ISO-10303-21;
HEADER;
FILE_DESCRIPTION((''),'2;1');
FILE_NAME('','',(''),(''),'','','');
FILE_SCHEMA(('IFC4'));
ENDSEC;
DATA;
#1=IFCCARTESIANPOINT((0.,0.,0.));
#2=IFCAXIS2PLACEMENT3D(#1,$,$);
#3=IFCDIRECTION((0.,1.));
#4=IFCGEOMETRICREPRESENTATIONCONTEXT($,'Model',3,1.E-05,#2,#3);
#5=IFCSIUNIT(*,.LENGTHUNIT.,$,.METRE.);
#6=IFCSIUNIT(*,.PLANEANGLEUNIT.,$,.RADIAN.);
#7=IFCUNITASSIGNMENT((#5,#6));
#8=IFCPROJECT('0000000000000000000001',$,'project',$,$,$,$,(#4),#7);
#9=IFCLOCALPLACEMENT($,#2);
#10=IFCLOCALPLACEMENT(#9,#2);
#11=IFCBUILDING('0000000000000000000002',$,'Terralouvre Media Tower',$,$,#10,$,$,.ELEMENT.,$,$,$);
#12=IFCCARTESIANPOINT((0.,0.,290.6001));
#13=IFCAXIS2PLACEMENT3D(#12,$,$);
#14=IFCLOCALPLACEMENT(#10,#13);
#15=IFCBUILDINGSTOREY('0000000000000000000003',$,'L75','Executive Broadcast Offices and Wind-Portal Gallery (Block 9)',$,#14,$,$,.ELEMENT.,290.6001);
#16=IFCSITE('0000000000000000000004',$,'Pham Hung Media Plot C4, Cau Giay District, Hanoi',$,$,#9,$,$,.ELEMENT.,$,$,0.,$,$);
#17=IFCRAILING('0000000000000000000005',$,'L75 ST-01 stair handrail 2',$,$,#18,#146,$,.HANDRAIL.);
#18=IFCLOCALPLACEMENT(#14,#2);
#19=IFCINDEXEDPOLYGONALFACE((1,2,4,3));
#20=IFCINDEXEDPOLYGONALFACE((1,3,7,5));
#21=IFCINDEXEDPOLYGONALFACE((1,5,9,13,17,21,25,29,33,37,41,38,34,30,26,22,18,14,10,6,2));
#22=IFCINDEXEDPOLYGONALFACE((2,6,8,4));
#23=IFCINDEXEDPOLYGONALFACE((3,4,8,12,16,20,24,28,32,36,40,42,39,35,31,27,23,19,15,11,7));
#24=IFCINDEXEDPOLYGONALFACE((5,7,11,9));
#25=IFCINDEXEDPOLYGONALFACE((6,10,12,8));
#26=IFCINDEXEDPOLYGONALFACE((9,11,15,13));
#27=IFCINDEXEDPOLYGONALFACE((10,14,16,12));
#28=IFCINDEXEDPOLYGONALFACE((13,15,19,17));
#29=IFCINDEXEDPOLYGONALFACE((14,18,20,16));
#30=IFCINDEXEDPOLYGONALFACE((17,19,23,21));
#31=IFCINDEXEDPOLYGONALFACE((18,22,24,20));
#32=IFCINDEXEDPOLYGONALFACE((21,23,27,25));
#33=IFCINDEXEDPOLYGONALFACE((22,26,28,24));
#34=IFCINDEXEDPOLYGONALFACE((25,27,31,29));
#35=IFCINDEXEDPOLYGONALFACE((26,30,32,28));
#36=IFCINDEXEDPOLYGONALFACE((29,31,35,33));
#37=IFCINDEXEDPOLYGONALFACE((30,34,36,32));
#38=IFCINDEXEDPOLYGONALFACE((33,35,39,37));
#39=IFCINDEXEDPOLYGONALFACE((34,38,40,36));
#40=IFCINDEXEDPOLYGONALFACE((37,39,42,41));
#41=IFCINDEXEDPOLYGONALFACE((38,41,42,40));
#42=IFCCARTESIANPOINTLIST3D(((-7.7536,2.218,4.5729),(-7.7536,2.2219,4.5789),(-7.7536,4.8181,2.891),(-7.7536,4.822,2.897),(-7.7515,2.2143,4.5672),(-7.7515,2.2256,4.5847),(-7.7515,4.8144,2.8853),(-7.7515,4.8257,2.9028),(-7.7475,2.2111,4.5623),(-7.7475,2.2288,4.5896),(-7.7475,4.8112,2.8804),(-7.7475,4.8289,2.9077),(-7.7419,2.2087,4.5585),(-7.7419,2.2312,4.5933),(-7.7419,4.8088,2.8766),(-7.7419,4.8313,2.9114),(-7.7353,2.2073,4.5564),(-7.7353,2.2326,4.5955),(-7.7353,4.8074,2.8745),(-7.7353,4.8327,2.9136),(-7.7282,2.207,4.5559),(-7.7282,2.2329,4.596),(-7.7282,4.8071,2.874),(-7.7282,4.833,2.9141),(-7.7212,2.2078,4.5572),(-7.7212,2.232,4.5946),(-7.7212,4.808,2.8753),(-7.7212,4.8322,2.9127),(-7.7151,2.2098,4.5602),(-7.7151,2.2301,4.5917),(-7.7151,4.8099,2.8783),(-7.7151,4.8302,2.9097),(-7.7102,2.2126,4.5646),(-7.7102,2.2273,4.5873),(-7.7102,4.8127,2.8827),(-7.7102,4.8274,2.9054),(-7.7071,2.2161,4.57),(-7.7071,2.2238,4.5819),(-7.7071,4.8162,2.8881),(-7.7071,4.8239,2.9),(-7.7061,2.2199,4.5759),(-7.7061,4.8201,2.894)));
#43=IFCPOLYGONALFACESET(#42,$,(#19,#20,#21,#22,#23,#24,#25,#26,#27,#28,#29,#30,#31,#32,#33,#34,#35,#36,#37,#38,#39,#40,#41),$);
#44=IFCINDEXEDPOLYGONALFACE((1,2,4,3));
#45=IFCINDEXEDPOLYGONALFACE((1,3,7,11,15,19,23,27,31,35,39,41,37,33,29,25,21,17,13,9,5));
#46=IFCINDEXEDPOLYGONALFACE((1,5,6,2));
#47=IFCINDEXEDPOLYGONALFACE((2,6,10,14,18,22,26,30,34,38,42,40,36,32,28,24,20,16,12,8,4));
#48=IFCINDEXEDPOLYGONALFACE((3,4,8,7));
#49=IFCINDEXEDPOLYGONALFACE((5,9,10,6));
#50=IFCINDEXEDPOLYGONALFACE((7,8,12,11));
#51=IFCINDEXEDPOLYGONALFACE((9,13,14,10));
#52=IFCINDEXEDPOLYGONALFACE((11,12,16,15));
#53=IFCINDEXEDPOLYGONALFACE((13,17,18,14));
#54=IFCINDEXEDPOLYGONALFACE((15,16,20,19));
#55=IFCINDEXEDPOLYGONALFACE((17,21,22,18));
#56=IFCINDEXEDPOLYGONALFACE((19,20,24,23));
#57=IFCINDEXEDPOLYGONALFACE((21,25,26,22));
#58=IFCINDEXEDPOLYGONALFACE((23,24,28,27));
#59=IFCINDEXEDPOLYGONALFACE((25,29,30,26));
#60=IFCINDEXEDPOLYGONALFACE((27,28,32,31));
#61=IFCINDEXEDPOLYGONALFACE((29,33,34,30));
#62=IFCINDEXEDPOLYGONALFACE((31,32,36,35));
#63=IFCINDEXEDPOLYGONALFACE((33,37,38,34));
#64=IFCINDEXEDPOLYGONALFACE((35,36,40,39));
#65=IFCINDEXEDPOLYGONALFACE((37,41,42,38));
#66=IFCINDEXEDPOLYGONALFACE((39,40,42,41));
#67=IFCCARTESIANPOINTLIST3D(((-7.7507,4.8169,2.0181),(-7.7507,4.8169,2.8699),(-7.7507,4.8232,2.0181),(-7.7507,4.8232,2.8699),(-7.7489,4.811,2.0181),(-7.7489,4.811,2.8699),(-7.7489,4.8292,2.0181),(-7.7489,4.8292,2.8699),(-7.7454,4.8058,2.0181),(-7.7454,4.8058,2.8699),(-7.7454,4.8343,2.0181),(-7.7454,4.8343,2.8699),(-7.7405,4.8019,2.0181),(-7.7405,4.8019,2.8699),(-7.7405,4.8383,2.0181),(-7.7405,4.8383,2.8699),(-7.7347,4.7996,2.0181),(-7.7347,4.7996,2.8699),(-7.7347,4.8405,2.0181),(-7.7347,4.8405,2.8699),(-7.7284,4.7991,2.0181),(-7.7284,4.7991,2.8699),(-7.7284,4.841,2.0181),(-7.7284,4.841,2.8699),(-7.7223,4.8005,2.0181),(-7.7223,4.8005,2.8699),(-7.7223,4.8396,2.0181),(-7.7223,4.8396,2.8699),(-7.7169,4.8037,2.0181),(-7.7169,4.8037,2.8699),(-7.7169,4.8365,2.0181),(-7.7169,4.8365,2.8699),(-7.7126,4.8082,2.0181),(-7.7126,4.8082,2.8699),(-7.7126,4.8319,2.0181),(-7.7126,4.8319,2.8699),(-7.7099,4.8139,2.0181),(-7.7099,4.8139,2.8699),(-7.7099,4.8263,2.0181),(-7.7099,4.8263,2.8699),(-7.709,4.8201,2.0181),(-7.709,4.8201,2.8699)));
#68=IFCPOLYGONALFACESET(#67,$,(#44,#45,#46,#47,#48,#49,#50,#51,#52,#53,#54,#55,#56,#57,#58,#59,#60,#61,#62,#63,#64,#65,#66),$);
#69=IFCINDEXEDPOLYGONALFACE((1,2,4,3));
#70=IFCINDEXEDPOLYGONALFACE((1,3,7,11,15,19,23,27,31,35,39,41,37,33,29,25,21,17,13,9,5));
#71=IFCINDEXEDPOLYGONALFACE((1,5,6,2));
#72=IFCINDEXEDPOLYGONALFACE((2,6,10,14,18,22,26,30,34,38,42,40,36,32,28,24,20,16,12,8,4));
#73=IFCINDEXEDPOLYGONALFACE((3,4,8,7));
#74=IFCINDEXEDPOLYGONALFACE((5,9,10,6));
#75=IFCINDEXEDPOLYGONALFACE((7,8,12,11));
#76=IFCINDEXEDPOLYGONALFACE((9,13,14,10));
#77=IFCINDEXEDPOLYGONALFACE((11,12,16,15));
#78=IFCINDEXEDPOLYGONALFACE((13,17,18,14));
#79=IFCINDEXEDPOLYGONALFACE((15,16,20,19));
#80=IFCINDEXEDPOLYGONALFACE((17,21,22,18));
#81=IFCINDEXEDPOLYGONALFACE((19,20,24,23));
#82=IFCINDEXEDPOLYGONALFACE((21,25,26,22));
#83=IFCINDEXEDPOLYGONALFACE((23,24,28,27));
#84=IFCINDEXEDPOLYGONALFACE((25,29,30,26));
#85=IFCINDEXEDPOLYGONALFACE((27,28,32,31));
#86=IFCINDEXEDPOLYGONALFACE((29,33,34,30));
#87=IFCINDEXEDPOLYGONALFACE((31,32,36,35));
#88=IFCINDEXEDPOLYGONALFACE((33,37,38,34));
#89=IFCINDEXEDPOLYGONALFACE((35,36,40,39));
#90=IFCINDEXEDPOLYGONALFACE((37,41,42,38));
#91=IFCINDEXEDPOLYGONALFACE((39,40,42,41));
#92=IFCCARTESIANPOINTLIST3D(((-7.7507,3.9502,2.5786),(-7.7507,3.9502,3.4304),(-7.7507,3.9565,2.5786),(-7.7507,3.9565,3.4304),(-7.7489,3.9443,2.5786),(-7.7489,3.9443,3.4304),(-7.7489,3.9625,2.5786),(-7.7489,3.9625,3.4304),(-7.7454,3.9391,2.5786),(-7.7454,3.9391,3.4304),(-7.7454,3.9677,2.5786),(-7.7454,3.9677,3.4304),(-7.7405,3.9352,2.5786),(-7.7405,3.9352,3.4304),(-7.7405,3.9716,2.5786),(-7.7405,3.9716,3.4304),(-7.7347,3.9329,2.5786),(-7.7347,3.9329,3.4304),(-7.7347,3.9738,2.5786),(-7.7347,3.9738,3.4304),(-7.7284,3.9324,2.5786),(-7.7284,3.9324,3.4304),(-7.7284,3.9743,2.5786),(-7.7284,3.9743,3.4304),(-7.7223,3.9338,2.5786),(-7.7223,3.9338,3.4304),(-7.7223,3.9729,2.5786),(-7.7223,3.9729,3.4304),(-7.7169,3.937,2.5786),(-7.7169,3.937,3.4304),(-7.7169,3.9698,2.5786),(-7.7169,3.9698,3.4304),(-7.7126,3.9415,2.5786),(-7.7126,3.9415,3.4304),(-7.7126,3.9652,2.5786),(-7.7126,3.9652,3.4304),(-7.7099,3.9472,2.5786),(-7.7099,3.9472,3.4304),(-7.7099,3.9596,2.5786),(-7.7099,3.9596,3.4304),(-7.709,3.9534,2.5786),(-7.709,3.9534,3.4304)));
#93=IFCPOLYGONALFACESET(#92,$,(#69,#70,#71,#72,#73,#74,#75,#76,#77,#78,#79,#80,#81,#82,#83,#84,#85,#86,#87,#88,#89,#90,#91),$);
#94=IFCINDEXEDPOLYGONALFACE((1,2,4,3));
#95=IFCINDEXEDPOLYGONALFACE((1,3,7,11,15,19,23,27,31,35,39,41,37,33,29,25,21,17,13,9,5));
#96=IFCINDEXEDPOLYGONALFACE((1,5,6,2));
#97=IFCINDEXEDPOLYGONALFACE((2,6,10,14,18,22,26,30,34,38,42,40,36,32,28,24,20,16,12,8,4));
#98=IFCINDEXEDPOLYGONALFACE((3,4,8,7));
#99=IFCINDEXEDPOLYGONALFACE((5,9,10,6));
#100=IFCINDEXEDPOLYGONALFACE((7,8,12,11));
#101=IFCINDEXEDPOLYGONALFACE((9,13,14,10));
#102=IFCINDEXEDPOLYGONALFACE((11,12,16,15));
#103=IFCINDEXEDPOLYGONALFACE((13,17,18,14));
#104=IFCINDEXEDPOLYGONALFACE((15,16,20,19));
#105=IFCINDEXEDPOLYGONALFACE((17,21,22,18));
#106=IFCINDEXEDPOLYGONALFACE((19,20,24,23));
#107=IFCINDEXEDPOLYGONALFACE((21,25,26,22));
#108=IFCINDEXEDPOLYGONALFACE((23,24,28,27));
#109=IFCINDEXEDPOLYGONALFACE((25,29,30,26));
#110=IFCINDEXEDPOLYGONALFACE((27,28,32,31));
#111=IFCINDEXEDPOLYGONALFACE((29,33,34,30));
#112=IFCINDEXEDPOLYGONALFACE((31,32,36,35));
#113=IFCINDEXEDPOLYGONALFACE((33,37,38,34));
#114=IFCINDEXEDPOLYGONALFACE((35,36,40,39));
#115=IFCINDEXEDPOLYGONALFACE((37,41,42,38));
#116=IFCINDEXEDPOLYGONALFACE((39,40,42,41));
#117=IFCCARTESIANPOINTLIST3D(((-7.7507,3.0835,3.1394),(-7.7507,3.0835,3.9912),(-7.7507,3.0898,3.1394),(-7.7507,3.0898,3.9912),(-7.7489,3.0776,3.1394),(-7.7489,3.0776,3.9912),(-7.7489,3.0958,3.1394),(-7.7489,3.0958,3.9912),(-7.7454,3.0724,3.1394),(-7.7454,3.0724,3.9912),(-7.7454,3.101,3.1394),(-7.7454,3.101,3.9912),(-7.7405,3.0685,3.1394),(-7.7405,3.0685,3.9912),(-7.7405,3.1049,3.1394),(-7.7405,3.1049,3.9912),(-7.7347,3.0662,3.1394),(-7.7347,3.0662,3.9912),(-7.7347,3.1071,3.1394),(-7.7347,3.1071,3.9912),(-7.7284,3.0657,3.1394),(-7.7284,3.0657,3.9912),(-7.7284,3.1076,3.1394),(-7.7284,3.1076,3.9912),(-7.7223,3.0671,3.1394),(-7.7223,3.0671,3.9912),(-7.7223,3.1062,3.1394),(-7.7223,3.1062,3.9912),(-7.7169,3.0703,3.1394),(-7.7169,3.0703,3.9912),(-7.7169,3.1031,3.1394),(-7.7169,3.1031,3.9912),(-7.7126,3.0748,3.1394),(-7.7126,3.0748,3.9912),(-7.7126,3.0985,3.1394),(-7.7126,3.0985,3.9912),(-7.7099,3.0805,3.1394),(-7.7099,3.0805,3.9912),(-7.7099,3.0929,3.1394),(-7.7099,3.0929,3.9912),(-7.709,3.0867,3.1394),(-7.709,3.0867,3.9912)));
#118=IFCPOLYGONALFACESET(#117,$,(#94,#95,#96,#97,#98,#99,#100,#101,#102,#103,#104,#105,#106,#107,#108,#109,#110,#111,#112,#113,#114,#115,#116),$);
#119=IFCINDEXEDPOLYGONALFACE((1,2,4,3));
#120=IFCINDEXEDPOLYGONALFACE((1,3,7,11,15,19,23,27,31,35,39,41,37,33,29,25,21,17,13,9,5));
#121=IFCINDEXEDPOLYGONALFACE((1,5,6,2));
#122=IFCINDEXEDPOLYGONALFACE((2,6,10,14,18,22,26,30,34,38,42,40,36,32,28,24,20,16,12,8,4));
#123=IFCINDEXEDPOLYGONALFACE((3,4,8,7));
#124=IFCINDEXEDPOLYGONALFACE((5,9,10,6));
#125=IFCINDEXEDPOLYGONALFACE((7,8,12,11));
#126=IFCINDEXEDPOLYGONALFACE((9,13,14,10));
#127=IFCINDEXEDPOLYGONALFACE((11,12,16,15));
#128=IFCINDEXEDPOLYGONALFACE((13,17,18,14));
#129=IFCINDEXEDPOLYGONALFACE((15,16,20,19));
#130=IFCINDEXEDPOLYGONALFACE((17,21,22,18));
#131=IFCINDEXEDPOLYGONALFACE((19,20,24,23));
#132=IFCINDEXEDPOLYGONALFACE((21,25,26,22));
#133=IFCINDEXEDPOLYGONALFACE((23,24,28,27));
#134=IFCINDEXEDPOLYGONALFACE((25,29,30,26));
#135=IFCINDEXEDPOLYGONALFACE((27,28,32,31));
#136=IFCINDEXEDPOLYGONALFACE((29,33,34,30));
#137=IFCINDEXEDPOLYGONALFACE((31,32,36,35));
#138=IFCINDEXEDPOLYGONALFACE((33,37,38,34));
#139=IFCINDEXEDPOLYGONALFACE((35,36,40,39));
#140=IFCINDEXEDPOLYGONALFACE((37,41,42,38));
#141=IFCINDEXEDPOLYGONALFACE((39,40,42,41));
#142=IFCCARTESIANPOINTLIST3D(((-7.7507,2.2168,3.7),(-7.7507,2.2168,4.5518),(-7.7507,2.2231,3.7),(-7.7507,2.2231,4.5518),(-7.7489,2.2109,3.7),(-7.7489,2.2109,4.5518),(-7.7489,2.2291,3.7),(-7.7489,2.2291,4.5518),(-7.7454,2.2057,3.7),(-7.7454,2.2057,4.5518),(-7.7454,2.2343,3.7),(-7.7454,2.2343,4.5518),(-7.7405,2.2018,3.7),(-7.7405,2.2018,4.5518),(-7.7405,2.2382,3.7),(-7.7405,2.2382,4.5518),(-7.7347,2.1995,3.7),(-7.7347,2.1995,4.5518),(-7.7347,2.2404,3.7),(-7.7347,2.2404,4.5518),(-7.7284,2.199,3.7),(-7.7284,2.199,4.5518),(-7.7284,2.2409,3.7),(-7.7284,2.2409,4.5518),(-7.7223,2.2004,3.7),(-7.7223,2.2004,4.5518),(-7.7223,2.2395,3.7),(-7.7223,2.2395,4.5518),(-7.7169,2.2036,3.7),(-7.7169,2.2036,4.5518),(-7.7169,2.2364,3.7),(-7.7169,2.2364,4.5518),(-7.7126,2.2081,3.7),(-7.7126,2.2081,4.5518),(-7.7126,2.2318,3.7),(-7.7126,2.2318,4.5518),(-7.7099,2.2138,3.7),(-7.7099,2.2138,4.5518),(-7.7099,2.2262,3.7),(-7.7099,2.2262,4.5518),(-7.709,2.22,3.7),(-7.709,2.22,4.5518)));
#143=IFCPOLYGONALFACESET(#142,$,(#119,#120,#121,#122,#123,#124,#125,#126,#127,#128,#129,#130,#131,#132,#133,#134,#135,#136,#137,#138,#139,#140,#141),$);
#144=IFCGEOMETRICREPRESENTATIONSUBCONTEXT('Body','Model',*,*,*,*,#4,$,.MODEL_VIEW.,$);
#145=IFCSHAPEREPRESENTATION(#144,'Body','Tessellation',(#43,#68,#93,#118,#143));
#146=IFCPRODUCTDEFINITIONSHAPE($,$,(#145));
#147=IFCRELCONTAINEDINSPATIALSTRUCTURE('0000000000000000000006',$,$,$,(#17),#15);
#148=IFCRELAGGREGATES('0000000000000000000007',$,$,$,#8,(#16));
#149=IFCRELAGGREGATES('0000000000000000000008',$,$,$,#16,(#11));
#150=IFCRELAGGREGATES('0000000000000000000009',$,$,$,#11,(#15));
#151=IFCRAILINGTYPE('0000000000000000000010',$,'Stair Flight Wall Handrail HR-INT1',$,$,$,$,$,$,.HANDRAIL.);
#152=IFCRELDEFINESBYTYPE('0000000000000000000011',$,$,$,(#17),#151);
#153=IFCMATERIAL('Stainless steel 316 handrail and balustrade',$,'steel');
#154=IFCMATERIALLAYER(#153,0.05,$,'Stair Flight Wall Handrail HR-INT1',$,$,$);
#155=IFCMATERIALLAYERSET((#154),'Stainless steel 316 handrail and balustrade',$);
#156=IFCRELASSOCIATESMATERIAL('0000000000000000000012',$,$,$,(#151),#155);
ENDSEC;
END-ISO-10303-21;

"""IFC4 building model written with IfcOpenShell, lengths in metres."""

from ifc_helpers import new_model, si_unit, direction, frame, origin, origin_2d, place, context, subcontext, project, spatial, circle, extrude, material, layer, layer_set, type_object, element, save


model = new_model("IFC4")

# Units and contexts
model_context = context("Model", 3, precision=1e-05, world=origin(), true_north=direction((0.0, 1.0)))
body_context = subcontext(model_context, "Body", "Model", "MODEL_VIEW")
ifc_project = project(units=[si_unit("LENGTHUNIT", "METRE"), si_unit("PLANEANGLEUNIT", "RADIAN")], contexts=[model_context])

# Site, building, storey
site_placement = place(None, origin())
site = spatial("IfcSite", under=ifc_project, at=site_placement, Name="Pham Hung Media Plot C4, Cau Giay District, Hanoi", CompositionType="ELEMENT", RefElevation=0.0)
building_placement = place(site_placement, origin())
building = spatial("IfcBuilding", under=site, at=building_placement, Name="Terralouvre Media Tower", CompositionType="ELEMENT")
storey_placement = place(building_placement, frame((0.0, 0.0, 290.6001)))
storey = spatial("IfcBuildingStorey", under=building, at=storey_placement, Name="L75", Description="Executive Broadcast Offices and Wind-Portal Gallery (Block 9)", CompositionType="ELEMENT", Elevation=290.6001)

# Railing
ifc_material_1 = material(Name="Stainless steel 316 handrail and balustrade", Category="steel")
ifc_layer_1 = layer(ifc_material_1, 0.05, Name="Stair Flight Wall Handrail HR-INT1")
ifc_layer_set_1 = layer_set([ifc_layer_1], Name="Stainless steel 316 handrail and balustrade")
railing_type_1 = type_object("IfcRailingType", Name="Stair Flight Wall Handrail HR-INT1", PredefinedType="HANDRAIL", material=ifc_layer_set_1)
railing_1_placement = place(storey_placement, frame((-7.73, 4.8201, 2.0181)))
element("IfcRailing", 1, at=railing_1_placement, inside=storey, type_object=railing_type_1, Name="L75 ST-01 stair handrail 2", PredefinedType="HANDRAIL", context=body_context, shape_type="SweptSolid", body=[
    extrude(circle(Radius=0.0239, at=origin_2d()), frame((0.0, 0.0, 0.876), z_axis=(0.0, -0.839648, 0.54313), x_axis=(1.0, 0.0, 0.0)), (0.0, 0.0, 1.0), 3.0967),
    extrude(circle(Radius=0.021, at=origin_2d()), origin(), (0.0, 0.0, 1.0), 0.8518),
    extrude(circle(Radius=0.021, at=origin_2d()), frame((0.0, -0.8667, 0.5605)), (0.0, 0.0, 1.0), 0.8518),
    extrude(circle(Radius=0.021, at=origin_2d()), frame((0.0, -1.7334, 1.1213)), (0.0, 0.0, 1.0), 0.8518),
    extrude(circle(Radius=0.021, at=origin_2d()), frame((0.0, -2.6001, 1.6819)), (0.0, 0.0, 1.0), 0.8518),
])

save(model, "model.ifc")
